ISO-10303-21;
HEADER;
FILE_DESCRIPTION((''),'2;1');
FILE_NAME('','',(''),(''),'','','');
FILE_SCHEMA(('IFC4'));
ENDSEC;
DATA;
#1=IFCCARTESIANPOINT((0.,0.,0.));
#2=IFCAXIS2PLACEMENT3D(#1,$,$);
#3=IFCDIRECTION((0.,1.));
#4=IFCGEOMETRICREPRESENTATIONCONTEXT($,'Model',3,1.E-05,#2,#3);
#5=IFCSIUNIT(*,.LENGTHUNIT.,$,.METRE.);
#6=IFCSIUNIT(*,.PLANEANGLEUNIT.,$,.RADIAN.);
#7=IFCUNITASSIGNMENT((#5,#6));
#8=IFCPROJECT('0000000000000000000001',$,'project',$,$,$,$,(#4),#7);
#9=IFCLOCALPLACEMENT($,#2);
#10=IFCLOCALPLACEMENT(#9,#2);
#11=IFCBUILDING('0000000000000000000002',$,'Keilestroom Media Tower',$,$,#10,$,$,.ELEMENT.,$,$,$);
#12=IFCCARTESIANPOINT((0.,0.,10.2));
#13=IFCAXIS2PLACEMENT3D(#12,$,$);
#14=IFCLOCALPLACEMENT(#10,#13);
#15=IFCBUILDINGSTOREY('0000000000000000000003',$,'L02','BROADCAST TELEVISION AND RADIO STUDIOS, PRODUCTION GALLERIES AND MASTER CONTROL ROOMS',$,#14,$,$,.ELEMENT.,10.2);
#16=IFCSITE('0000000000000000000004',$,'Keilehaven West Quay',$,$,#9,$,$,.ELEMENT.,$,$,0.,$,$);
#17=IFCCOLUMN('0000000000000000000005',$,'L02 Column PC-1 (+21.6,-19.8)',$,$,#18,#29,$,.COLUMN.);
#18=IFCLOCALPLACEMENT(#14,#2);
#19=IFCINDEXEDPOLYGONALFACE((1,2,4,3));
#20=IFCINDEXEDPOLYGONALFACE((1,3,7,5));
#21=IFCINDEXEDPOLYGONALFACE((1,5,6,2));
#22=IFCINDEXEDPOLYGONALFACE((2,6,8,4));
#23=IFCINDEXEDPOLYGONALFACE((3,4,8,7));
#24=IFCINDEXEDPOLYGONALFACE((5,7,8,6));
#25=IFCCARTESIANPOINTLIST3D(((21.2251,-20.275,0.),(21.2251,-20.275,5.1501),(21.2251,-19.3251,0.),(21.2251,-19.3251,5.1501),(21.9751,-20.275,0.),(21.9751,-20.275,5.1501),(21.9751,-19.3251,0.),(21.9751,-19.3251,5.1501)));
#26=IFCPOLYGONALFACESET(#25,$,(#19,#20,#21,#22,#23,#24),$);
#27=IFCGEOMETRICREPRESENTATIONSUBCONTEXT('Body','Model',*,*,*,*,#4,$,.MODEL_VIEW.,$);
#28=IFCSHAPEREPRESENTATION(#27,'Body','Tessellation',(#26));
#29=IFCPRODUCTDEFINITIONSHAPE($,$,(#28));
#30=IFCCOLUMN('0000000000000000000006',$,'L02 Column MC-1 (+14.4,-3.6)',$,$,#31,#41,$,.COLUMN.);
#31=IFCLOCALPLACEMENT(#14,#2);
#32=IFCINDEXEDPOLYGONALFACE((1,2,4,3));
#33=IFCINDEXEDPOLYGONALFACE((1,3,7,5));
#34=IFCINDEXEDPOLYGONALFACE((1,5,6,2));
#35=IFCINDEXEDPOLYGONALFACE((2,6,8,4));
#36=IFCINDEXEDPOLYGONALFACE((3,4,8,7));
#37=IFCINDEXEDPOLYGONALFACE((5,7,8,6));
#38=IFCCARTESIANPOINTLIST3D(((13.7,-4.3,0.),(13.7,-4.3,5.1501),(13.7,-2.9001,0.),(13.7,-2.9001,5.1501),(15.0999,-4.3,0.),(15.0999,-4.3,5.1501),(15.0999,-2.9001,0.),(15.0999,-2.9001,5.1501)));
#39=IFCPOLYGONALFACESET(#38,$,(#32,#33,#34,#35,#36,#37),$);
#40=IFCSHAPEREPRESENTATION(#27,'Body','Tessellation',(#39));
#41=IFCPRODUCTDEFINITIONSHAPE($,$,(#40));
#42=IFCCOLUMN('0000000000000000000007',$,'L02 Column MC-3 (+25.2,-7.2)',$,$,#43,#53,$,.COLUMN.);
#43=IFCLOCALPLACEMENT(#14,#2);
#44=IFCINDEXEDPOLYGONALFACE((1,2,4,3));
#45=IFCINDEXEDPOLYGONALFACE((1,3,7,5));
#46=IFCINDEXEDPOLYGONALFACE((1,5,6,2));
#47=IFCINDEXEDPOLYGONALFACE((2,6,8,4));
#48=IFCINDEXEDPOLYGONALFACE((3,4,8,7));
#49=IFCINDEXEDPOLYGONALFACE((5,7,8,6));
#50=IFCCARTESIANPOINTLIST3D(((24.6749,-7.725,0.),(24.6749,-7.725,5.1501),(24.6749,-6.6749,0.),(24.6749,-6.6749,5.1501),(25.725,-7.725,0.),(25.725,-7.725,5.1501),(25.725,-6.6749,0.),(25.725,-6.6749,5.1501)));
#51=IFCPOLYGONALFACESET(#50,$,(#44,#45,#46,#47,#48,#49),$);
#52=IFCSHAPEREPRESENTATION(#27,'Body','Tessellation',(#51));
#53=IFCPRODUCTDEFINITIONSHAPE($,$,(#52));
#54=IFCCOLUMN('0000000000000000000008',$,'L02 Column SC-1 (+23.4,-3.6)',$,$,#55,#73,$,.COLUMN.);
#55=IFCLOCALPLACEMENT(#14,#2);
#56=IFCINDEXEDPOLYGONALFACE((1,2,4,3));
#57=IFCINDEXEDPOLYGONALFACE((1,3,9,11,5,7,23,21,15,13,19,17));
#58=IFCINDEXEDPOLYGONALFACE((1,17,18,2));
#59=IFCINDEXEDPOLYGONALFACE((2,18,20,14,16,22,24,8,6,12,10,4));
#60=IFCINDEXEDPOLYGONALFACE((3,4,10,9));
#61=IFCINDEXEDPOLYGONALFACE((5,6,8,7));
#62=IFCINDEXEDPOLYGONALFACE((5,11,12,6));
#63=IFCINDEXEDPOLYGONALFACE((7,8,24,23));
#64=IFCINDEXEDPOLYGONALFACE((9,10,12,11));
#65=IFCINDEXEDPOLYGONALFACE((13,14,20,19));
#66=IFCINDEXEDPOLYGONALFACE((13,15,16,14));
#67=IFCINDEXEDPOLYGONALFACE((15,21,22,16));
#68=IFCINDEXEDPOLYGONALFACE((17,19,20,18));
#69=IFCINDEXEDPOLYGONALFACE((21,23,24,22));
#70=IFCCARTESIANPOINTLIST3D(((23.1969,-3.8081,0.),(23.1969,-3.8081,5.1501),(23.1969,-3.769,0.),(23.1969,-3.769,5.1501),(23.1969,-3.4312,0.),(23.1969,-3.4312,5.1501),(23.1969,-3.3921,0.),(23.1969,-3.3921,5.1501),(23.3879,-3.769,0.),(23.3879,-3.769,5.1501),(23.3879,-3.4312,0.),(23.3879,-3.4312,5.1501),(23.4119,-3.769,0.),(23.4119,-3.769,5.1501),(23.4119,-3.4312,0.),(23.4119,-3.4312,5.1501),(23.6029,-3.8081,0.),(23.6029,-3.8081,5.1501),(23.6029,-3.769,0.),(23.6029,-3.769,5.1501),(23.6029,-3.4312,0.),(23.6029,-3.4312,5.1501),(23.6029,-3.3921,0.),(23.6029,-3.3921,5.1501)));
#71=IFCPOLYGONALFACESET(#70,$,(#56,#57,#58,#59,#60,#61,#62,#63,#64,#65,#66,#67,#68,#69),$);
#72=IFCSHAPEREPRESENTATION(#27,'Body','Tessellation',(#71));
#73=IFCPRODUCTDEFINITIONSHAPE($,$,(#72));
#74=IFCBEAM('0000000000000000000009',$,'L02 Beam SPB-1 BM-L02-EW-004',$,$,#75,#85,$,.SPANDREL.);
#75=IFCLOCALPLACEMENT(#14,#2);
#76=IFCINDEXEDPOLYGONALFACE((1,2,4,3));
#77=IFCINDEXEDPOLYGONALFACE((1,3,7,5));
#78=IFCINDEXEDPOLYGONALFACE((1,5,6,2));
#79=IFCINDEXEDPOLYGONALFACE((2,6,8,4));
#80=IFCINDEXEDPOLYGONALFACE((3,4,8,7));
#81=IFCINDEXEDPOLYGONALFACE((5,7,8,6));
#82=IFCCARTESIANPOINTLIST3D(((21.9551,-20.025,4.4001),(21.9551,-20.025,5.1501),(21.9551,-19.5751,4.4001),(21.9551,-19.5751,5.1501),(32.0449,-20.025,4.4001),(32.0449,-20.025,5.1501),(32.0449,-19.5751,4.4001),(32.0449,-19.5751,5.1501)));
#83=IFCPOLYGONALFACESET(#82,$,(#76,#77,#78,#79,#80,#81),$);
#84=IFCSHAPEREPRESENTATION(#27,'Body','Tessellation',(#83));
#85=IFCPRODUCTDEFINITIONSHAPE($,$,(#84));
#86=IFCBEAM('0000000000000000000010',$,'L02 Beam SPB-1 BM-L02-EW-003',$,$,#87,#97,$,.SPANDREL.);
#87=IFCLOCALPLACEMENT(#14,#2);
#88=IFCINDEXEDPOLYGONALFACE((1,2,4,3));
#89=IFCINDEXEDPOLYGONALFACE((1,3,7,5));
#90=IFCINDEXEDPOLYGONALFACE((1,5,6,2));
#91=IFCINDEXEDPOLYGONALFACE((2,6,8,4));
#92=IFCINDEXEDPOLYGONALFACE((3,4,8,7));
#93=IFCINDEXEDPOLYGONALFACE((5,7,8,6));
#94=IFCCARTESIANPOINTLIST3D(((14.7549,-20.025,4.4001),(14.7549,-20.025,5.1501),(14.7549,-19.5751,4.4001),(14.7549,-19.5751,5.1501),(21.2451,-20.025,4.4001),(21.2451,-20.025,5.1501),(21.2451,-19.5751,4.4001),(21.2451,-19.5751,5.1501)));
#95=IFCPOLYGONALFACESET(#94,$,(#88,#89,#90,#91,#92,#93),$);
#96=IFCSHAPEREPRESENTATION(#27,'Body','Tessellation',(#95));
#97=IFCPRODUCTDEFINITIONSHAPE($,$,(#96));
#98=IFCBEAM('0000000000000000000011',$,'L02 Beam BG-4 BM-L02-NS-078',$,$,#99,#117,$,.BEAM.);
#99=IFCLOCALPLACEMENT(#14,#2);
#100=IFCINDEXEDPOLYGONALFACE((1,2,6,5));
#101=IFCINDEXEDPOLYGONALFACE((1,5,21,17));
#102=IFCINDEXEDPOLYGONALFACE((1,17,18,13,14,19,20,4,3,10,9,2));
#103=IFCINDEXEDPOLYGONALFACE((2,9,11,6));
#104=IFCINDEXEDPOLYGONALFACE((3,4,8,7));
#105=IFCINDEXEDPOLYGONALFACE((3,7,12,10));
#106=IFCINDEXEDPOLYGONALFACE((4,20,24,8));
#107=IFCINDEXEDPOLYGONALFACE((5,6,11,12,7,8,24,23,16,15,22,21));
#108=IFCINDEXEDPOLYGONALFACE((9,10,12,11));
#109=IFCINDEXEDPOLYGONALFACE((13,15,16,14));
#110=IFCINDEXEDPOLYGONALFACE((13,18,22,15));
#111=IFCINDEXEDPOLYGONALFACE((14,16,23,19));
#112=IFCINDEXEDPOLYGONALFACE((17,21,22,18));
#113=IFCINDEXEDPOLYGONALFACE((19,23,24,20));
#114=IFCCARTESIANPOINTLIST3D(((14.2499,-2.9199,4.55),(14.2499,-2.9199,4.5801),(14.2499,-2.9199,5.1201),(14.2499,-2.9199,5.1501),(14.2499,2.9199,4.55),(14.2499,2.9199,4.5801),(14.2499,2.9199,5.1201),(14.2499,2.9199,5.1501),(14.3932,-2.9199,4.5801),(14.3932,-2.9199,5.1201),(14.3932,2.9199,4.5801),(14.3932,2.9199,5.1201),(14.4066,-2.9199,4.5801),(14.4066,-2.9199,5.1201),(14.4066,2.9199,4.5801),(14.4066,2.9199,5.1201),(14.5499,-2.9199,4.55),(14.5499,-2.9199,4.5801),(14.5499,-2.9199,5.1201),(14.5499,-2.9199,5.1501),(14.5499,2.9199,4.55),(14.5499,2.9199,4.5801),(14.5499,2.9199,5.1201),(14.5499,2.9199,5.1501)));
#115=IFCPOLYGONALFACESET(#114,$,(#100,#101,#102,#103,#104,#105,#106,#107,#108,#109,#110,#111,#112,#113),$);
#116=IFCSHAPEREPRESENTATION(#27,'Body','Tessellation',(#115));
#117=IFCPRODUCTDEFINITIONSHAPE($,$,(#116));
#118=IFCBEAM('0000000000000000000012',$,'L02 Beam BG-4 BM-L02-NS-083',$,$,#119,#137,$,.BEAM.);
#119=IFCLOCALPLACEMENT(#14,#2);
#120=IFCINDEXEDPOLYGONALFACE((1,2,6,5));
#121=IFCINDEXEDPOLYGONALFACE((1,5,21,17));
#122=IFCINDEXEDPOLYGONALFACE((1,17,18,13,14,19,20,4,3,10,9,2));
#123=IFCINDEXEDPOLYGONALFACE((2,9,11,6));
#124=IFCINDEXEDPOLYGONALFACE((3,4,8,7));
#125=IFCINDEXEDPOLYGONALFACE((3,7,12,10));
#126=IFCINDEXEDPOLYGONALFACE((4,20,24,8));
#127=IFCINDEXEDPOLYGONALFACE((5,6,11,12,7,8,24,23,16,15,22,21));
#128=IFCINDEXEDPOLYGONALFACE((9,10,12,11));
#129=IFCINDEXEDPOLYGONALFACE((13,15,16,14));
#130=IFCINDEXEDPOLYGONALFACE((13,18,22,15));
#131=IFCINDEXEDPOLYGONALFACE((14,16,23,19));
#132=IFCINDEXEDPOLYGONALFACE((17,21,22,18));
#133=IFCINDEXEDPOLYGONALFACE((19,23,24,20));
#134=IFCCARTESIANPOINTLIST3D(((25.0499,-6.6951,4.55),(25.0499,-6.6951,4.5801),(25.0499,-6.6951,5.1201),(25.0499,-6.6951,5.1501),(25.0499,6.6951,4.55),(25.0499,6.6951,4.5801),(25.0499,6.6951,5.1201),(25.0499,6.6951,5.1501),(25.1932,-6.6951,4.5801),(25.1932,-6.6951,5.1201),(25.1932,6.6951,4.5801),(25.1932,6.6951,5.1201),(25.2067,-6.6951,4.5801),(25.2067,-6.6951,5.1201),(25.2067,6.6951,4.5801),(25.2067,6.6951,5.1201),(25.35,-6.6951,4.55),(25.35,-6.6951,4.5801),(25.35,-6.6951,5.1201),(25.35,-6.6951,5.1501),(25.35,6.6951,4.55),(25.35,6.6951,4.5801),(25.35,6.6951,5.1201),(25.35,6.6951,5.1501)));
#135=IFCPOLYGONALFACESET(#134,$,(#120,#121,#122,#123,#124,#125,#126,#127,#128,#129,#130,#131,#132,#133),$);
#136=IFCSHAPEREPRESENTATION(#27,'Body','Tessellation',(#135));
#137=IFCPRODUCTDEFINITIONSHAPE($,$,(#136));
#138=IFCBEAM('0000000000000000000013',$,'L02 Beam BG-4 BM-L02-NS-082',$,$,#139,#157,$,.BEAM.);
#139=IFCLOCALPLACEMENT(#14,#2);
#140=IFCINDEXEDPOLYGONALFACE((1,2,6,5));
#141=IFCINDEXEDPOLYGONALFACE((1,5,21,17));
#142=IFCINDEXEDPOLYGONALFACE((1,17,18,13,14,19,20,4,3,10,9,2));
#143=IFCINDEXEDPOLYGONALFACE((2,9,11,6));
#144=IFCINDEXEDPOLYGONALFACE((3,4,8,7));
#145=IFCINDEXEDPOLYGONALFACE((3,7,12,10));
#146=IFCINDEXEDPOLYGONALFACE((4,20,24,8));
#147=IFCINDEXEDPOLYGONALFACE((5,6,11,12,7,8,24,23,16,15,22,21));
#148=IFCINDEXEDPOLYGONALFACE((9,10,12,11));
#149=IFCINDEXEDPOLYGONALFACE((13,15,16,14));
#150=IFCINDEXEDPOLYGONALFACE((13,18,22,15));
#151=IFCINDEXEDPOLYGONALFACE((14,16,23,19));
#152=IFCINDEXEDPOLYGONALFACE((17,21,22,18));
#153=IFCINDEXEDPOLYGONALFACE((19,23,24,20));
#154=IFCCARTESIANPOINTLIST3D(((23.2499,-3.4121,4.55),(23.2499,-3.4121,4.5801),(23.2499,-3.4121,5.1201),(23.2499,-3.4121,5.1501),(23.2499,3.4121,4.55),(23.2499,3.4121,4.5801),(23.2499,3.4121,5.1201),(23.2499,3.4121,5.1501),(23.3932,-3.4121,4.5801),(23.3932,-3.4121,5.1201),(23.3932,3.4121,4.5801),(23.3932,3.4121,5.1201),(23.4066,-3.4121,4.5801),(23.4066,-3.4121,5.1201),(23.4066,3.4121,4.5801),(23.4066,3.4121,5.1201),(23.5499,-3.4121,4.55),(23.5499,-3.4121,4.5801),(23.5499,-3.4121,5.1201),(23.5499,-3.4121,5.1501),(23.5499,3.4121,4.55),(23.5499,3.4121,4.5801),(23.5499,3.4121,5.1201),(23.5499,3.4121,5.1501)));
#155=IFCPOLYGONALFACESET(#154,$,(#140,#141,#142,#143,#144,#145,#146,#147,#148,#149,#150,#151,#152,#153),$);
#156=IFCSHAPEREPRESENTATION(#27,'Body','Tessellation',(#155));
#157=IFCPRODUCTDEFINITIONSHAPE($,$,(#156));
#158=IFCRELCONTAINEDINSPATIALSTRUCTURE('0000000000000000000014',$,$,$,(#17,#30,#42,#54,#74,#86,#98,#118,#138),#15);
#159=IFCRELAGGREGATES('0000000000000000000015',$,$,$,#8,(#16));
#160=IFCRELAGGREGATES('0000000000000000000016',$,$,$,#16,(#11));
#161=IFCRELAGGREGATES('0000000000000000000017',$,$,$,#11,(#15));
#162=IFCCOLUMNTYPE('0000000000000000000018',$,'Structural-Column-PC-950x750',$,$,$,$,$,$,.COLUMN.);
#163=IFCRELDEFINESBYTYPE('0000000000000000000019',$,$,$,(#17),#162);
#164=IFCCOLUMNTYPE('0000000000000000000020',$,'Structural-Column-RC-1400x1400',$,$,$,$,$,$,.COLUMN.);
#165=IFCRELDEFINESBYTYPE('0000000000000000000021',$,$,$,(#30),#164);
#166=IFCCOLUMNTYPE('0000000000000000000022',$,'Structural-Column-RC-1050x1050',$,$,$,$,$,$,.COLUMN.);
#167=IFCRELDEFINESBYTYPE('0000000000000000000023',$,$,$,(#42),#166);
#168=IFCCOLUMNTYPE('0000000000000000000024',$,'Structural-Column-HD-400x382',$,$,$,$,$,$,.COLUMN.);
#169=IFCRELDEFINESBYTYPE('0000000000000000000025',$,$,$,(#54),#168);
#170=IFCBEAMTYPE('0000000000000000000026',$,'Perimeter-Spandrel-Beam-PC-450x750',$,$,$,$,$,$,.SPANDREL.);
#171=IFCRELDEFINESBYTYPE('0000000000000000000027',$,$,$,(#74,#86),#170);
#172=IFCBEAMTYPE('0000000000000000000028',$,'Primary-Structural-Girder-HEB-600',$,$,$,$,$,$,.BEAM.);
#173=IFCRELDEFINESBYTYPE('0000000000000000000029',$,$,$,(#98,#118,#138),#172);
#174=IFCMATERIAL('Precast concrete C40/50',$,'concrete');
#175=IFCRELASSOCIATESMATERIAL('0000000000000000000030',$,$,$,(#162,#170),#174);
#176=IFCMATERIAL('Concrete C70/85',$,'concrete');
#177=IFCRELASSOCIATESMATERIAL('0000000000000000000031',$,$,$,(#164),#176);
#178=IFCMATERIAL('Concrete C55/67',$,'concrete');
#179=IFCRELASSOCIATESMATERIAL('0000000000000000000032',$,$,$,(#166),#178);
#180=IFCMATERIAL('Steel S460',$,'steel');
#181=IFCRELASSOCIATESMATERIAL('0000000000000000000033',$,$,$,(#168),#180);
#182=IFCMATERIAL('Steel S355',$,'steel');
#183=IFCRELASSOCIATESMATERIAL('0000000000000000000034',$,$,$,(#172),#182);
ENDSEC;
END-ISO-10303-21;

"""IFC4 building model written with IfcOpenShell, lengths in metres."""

from ifc_helpers import new_model, si_unit, direction, frame, origin, origin_2d, place, context, subcontext, project, spatial, rectangle, i_section, extrude, source, transform, mapped, material, material_profile, profile_set, type_object, element, save


model = new_model("IFC4")

# Units and contexts
model_context = context("Model", 3, precision=1e-05, world=origin(), true_north=direction((0.0, 1.0)))
body_context = subcontext(model_context, "Body", "Model", "MODEL_VIEW")
ifc_project = project(units=[si_unit("LENGTHUNIT", "METRE"), si_unit("PLANEANGLEUNIT", "RADIAN")], contexts=[model_context])

# Site, building, storey
site_placement = place(None, origin())
site = spatial("IfcSite", under=ifc_project, at=site_placement, Name="Keilehaven West Quay", CompositionType="ELEMENT", RefElevation=0.0)
building_placement = place(site_placement, origin())
building = spatial("IfcBuilding", under=site, at=building_placement, Name="Keilestroom Media Tower", CompositionType="ELEMENT")
storey_placement = place(building_placement, frame((0.0, 0.0, 10.2)))
storey = spatial("IfcBuildingStorey", under=building, at=storey_placement, Name="L02", Description="BROADCAST TELEVISION AND RADIO STUDIOS, PRODUCTION GALLERIES AND MASTER CONTROL ROOMS", CompositionType="ELEMENT", Elevation=10.2)

# Columns
ifc_material_1 = material(Name="Precast concrete C40/50", Category="concrete")
ifc_material_profile_1 = material_profile(ifc_material_1, rectangle(XDim=0.75, YDim=0.95, at=origin_2d()), Name="PC 950x750")
ifc_profile_set_1 = profile_set([ifc_material_profile_1], Name="Precast concrete C40/50")
column_type_1 = type_object("IfcColumnType", Name="Structural-Column-PC-950x750", PredefinedType="COLUMN", material=ifc_profile_set_1)
shared_shape_1 = source(origin(), body_context, "Body", "SweptSolid", [
    extrude(rectangle(XDim=0.75, YDim=0.95, at=origin_2d()), origin(), (0.0, 0.0, 1.0), 5.1501),
])
column_1_placement = place(storey_placement, frame((21.6001, -19.8, 0.0), z_axis=(0.0, 0.0, 1.0), x_axis=(1.0, 0.0, 0.0)))
element("IfcColumn", 1, at=column_1_placement, inside=storey, type_object=column_type_1, Name="L02 Column PC-1 (+21.6,-19.8)", PredefinedType="COLUMN", context=body_context, shape_type="MappedRepresentation", body=[
    mapped(shared_shape_1, transform((0.0, 0.0, 0.0), x_axis=(1.0, 0.0, 0.0), y_axis=(0.0, 1.0, 0.0), z_axis=(0.0, 0.0, 1.0), scale=1.0)),
])
ifc_material_2 = material(Name="Concrete C70/85", Category="concrete")
ifc_material_profile_2 = material_profile(ifc_material_2, rectangle(XDim=1.3999, YDim=1.3999, at=origin_2d()), Name="RC 1400x1400")
ifc_profile_set_2 = profile_set([ifc_material_profile_2], Name="Concrete C70/85")
column_type_2 = type_object("IfcColumnType", Name="Structural-Column-RC-1400x1400", PredefinedType="COLUMN", material=ifc_profile_set_2)
shared_shape_2 = source(origin(), body_context, "Body", "SweptSolid", [
    extrude(rectangle(XDim=1.3999, YDim=1.3999, at=origin_2d()), origin(), (0.0, 0.0, 1.0), 5.1501),
])
column_2_placement = place(storey_placement, frame((14.3999, -3.6001, 0.0), z_axis=(0.0, 0.0, 1.0), x_axis=(1.0, 0.0, 0.0)))
element("IfcColumn", 2, at=column_2_placement, inside=storey, type_object=column_type_2, Name="L02 Column MC-1 (+14.4,-3.6)", PredefinedType="COLUMN", context=body_context, shape_type="MappedRepresentation", body=[
    mapped(shared_shape_2, transform((0.0, 0.0, 0.0), x_axis=(1.0, 0.0, 0.0), y_axis=(0.0, 1.0, 0.0), z_axis=(0.0, 0.0, 1.0), scale=1.0)),
])
ifc_material_3 = material(Name="Concrete C55/67", Category="concrete")
ifc_material_profile_3 = material_profile(ifc_material_3, rectangle(XDim=1.05, YDim=1.05, at=origin_2d()), Name="RC 1050x1050")
ifc_profile_set_3 = profile_set([ifc_material_profile_3], Name="Concrete C55/67")
column_type_3 = type_object("IfcColumnType", Name="Structural-Column-RC-1050x1050", PredefinedType="COLUMN", material=ifc_profile_set_3)
shared_shape_3 = source(origin(), body_context, "Body", "SweptSolid", [
    extrude(rectangle(XDim=1.05, YDim=1.05, at=origin_2d()), origin(), (0.0, 0.0, 1.0), 5.1501),
])
column_3_placement = place(storey_placement, frame((25.2, -7.2, 0.0), z_axis=(0.0, 0.0, 1.0), x_axis=(1.0, 0.0, 0.0)))
element("IfcColumn", 3, at=column_3_placement, inside=storey, type_object=column_type_3, Name="L02 Column MC-3 (+25.2,-7.2)", PredefinedType="COLUMN", context=body_context, shape_type="MappedRepresentation", body=[
    mapped(shared_shape_3, transform((0.0, 0.0, 0.0), x_axis=(1.0, 0.0, 0.0), y_axis=(0.0, 1.0, 0.0), z_axis=(0.0, 0.0, 1.0), scale=1.0)),
])
ifc_material_4 = material(Name="Steel S460", Category="steel")
ifc_material_profile_4 = material_profile(ifc_material_4, i_section(OverallWidth=0.406, OverallDepth=0.416, WebThickness=0.0239, FlangeThickness=0.0391, at=origin_2d()), Name="HD 400x382")
ifc_profile_set_4 = profile_set([ifc_material_profile_4], Name="Steel S460")
column_type_4 = type_object("IfcColumnType", Name="Structural-Column-HD-400x382", PredefinedType="COLUMN", material=ifc_profile_set_4)
shared_shape_4 = source(origin(), body_context, "Body", "SweptSolid", [
    extrude(i_section(OverallWidth=0.406, OverallDepth=0.416, WebThickness=0.0239, FlangeThickness=0.0391, at=origin_2d()), origin(), (0.0, 0.0, 1.0), 5.1501),
])
column_4_placement = place(storey_placement, frame((23.3999, -3.6001, 0.0), z_axis=(0.0, 0.0, 1.0), x_axis=(1.0, 0.0, 0.0)))
element("IfcColumn", 4, at=column_4_placement, inside=storey, type_object=column_type_4, Name="L02 Column SC-1 (+23.4,-3.6)", PredefinedType="COLUMN", context=body_context, shape_type="MappedRepresentation", body=[
    mapped(shared_shape_4, transform((0.0, 0.0, 0.0), x_axis=(1.0, 0.0, 0.0), y_axis=(0.0, 1.0, 0.0), z_axis=(0.0, 0.0, 1.0), scale=1.0)),
])

# Beams
ifc_material_profile_5 = material_profile(ifc_material_1, rectangle(XDim=0.45, YDim=0.75, at=origin_2d()), Name="PC 450x750")
ifc_profile_set_5 = profile_set([ifc_material_profile_5], Name="Precast concrete C40/50")
beam_type_1 = type_object("IfcBeamType", Name="Perimeter-Spandrel-Beam-PC-450x750", PredefinedType="SPANDREL", material=ifc_profile_set_5)
shared_shape_5 = source(origin(), body_context, "Body", "SweptSolid", [
    extrude(rectangle(XDim=0.45, YDim=0.75, at=origin_2d()), origin(), (0.0, 0.0, 1.0), 10.0898),
])
beam_1_placement = place(storey_placement, frame((21.9551, -19.8, 4.7751), z_axis=(1.0, 0.0, 0.0), x_axis=(0.0, 1.0, 0.0)))
element("IfcBeam", 5, at=beam_1_placement, inside=storey, type_object=beam_type_1, Name="L02 Beam SPB-1 BM-L02-EW-004", PredefinedType="SPANDREL", context=body_context, shape_type="MappedRepresentation", body=[
    mapped(shared_shape_5, transform((0.0, 0.0, 0.0), x_axis=(1.0, 0.0, 0.0), y_axis=(0.0, 1.0, 0.0), z_axis=(0.0, 0.0, 1.0), scale=1.0)),
])
shared_shape_6 = source(origin(), body_context, "Body", "SweptSolid", [
    extrude(rectangle(XDim=0.45, YDim=0.75, at=origin_2d()), origin(), (0.0, 0.0, 1.0), 6.4902),
])
beam_2_placement = place(storey_placement, frame((14.7549, -19.8, 4.7751), z_axis=(1.0, 0.0, 0.0), x_axis=(0.0, 1.0, 0.0)))
element("IfcBeam", 6, at=beam_2_placement, inside=storey, type_object=beam_type_1, Name="L02 Beam SPB-1 BM-L02-EW-003", PredefinedType="SPANDREL", context=body_context, shape_type="MappedRepresentation", body=[
    mapped(shared_shape_6, transform((0.0, 0.0, 0.0), x_axis=(1.0, 0.0, 0.0), y_axis=(0.0, 1.0, 0.0), z_axis=(0.0, 0.0, 1.0), scale=1.0)),
])
ifc_material_5 = material(Name="Steel S355", Category="steel")
ifc_material_profile_6 = material_profile(ifc_material_5, i_section(OverallWidth=0.3, OverallDepth=0.6001, WebThickness=0.0134, FlangeThickness=0.03, at=origin_2d()), Name="HEB 600")
ifc_profile_set_6 = profile_set([ifc_material_profile_6], Name="Steel S355")
beam_type_2 = type_object("IfcBeamType", Name="Primary-Structural-Girder-HEB-600", PredefinedType="BEAM", material=ifc_profile_set_6)
shared_shape_7 = source(origin(), body_context, "Body", "SweptSolid", [
    extrude(i_section(OverallWidth=0.3, OverallDepth=0.6001, WebThickness=0.0134, FlangeThickness=0.03, at=origin_2d()), origin(), (0.0, 0.0, 1.0), 5.8398),
])
beam_3_placement = place(storey_placement, frame((14.3999, -2.9199, 4.8501), z_axis=(0.0, 1.0, 0.0), x_axis=(-1.0, 0.0, 0.0)))
element("IfcBeam", 7, at=beam_3_placement, inside=storey, type_object=beam_type_2, Name="L02 Beam BG-4 BM-L02-NS-078", PredefinedType="BEAM", context=body_context, shape_type="MappedRepresentation", body=[
    mapped(shared_shape_7, transform((0.0, 0.0, 0.0), x_axis=(1.0, 0.0, 0.0), y_axis=(0.0, 1.0, 0.0), z_axis=(0.0, 0.0, 1.0), scale=1.0)),
])
shared_shape_8 = source(origin(), body_context, "Body", "SweptSolid", [
    extrude(i_section(OverallWidth=0.3, OverallDepth=0.6001, WebThickness=0.0134, FlangeThickness=0.03, at=origin_2d()), origin(), (0.0, 0.0, 1.0), 13.3901),
])
beam_4_placement = place(storey_placement, frame((25.2, -6.6951, 4.8501), z_axis=(0.0, 1.0, 0.0), x_axis=(-1.0, 0.0, 0.0)))
element("IfcBeam", 8, at=beam_4_placement, inside=storey, type_object=beam_type_2, Name="L02 Beam BG-4 BM-L02-NS-083", PredefinedType="BEAM", context=body_context, shape_type="MappedRepresentation", body=[
    mapped(shared_shape_8, transform((0.0, 0.0, 0.0), x_axis=(1.0, 0.0, 0.0), y_axis=(0.0, 1.0, 0.0), z_axis=(0.0, 0.0, 1.0), scale=1.0)),
])
shared_shape_9 = source(origin(), body_context, "Body", "SweptSolid", [
    extrude(i_section(OverallWidth=0.3, OverallDepth=0.6001, WebThickness=0.0134, FlangeThickness=0.03, at=origin_2d()), origin(), (0.0, 0.0, 1.0), 6.8242),
])
beam_5_placement = place(storey_placement, frame((23.3999, -3.4121, 4.8501), z_axis=(0.0, 1.0, 0.0), x_axis=(-1.0, 0.0, 0.0)))
element("IfcBeam", 9, at=beam_5_placement, inside=storey, type_object=beam_type_2, Name="L02 Beam BG-4 BM-L02-NS-082", PredefinedType="BEAM", context=body_context, shape_type="MappedRepresentation", body=[
    mapped(shared_shape_9, transform((0.0, 0.0, 0.0), x_axis=(1.0, 0.0, 0.0), y_axis=(0.0, 1.0, 0.0), z_axis=(0.0, 0.0, 1.0), scale=1.0)),
])

save(model, "model.ifc")
